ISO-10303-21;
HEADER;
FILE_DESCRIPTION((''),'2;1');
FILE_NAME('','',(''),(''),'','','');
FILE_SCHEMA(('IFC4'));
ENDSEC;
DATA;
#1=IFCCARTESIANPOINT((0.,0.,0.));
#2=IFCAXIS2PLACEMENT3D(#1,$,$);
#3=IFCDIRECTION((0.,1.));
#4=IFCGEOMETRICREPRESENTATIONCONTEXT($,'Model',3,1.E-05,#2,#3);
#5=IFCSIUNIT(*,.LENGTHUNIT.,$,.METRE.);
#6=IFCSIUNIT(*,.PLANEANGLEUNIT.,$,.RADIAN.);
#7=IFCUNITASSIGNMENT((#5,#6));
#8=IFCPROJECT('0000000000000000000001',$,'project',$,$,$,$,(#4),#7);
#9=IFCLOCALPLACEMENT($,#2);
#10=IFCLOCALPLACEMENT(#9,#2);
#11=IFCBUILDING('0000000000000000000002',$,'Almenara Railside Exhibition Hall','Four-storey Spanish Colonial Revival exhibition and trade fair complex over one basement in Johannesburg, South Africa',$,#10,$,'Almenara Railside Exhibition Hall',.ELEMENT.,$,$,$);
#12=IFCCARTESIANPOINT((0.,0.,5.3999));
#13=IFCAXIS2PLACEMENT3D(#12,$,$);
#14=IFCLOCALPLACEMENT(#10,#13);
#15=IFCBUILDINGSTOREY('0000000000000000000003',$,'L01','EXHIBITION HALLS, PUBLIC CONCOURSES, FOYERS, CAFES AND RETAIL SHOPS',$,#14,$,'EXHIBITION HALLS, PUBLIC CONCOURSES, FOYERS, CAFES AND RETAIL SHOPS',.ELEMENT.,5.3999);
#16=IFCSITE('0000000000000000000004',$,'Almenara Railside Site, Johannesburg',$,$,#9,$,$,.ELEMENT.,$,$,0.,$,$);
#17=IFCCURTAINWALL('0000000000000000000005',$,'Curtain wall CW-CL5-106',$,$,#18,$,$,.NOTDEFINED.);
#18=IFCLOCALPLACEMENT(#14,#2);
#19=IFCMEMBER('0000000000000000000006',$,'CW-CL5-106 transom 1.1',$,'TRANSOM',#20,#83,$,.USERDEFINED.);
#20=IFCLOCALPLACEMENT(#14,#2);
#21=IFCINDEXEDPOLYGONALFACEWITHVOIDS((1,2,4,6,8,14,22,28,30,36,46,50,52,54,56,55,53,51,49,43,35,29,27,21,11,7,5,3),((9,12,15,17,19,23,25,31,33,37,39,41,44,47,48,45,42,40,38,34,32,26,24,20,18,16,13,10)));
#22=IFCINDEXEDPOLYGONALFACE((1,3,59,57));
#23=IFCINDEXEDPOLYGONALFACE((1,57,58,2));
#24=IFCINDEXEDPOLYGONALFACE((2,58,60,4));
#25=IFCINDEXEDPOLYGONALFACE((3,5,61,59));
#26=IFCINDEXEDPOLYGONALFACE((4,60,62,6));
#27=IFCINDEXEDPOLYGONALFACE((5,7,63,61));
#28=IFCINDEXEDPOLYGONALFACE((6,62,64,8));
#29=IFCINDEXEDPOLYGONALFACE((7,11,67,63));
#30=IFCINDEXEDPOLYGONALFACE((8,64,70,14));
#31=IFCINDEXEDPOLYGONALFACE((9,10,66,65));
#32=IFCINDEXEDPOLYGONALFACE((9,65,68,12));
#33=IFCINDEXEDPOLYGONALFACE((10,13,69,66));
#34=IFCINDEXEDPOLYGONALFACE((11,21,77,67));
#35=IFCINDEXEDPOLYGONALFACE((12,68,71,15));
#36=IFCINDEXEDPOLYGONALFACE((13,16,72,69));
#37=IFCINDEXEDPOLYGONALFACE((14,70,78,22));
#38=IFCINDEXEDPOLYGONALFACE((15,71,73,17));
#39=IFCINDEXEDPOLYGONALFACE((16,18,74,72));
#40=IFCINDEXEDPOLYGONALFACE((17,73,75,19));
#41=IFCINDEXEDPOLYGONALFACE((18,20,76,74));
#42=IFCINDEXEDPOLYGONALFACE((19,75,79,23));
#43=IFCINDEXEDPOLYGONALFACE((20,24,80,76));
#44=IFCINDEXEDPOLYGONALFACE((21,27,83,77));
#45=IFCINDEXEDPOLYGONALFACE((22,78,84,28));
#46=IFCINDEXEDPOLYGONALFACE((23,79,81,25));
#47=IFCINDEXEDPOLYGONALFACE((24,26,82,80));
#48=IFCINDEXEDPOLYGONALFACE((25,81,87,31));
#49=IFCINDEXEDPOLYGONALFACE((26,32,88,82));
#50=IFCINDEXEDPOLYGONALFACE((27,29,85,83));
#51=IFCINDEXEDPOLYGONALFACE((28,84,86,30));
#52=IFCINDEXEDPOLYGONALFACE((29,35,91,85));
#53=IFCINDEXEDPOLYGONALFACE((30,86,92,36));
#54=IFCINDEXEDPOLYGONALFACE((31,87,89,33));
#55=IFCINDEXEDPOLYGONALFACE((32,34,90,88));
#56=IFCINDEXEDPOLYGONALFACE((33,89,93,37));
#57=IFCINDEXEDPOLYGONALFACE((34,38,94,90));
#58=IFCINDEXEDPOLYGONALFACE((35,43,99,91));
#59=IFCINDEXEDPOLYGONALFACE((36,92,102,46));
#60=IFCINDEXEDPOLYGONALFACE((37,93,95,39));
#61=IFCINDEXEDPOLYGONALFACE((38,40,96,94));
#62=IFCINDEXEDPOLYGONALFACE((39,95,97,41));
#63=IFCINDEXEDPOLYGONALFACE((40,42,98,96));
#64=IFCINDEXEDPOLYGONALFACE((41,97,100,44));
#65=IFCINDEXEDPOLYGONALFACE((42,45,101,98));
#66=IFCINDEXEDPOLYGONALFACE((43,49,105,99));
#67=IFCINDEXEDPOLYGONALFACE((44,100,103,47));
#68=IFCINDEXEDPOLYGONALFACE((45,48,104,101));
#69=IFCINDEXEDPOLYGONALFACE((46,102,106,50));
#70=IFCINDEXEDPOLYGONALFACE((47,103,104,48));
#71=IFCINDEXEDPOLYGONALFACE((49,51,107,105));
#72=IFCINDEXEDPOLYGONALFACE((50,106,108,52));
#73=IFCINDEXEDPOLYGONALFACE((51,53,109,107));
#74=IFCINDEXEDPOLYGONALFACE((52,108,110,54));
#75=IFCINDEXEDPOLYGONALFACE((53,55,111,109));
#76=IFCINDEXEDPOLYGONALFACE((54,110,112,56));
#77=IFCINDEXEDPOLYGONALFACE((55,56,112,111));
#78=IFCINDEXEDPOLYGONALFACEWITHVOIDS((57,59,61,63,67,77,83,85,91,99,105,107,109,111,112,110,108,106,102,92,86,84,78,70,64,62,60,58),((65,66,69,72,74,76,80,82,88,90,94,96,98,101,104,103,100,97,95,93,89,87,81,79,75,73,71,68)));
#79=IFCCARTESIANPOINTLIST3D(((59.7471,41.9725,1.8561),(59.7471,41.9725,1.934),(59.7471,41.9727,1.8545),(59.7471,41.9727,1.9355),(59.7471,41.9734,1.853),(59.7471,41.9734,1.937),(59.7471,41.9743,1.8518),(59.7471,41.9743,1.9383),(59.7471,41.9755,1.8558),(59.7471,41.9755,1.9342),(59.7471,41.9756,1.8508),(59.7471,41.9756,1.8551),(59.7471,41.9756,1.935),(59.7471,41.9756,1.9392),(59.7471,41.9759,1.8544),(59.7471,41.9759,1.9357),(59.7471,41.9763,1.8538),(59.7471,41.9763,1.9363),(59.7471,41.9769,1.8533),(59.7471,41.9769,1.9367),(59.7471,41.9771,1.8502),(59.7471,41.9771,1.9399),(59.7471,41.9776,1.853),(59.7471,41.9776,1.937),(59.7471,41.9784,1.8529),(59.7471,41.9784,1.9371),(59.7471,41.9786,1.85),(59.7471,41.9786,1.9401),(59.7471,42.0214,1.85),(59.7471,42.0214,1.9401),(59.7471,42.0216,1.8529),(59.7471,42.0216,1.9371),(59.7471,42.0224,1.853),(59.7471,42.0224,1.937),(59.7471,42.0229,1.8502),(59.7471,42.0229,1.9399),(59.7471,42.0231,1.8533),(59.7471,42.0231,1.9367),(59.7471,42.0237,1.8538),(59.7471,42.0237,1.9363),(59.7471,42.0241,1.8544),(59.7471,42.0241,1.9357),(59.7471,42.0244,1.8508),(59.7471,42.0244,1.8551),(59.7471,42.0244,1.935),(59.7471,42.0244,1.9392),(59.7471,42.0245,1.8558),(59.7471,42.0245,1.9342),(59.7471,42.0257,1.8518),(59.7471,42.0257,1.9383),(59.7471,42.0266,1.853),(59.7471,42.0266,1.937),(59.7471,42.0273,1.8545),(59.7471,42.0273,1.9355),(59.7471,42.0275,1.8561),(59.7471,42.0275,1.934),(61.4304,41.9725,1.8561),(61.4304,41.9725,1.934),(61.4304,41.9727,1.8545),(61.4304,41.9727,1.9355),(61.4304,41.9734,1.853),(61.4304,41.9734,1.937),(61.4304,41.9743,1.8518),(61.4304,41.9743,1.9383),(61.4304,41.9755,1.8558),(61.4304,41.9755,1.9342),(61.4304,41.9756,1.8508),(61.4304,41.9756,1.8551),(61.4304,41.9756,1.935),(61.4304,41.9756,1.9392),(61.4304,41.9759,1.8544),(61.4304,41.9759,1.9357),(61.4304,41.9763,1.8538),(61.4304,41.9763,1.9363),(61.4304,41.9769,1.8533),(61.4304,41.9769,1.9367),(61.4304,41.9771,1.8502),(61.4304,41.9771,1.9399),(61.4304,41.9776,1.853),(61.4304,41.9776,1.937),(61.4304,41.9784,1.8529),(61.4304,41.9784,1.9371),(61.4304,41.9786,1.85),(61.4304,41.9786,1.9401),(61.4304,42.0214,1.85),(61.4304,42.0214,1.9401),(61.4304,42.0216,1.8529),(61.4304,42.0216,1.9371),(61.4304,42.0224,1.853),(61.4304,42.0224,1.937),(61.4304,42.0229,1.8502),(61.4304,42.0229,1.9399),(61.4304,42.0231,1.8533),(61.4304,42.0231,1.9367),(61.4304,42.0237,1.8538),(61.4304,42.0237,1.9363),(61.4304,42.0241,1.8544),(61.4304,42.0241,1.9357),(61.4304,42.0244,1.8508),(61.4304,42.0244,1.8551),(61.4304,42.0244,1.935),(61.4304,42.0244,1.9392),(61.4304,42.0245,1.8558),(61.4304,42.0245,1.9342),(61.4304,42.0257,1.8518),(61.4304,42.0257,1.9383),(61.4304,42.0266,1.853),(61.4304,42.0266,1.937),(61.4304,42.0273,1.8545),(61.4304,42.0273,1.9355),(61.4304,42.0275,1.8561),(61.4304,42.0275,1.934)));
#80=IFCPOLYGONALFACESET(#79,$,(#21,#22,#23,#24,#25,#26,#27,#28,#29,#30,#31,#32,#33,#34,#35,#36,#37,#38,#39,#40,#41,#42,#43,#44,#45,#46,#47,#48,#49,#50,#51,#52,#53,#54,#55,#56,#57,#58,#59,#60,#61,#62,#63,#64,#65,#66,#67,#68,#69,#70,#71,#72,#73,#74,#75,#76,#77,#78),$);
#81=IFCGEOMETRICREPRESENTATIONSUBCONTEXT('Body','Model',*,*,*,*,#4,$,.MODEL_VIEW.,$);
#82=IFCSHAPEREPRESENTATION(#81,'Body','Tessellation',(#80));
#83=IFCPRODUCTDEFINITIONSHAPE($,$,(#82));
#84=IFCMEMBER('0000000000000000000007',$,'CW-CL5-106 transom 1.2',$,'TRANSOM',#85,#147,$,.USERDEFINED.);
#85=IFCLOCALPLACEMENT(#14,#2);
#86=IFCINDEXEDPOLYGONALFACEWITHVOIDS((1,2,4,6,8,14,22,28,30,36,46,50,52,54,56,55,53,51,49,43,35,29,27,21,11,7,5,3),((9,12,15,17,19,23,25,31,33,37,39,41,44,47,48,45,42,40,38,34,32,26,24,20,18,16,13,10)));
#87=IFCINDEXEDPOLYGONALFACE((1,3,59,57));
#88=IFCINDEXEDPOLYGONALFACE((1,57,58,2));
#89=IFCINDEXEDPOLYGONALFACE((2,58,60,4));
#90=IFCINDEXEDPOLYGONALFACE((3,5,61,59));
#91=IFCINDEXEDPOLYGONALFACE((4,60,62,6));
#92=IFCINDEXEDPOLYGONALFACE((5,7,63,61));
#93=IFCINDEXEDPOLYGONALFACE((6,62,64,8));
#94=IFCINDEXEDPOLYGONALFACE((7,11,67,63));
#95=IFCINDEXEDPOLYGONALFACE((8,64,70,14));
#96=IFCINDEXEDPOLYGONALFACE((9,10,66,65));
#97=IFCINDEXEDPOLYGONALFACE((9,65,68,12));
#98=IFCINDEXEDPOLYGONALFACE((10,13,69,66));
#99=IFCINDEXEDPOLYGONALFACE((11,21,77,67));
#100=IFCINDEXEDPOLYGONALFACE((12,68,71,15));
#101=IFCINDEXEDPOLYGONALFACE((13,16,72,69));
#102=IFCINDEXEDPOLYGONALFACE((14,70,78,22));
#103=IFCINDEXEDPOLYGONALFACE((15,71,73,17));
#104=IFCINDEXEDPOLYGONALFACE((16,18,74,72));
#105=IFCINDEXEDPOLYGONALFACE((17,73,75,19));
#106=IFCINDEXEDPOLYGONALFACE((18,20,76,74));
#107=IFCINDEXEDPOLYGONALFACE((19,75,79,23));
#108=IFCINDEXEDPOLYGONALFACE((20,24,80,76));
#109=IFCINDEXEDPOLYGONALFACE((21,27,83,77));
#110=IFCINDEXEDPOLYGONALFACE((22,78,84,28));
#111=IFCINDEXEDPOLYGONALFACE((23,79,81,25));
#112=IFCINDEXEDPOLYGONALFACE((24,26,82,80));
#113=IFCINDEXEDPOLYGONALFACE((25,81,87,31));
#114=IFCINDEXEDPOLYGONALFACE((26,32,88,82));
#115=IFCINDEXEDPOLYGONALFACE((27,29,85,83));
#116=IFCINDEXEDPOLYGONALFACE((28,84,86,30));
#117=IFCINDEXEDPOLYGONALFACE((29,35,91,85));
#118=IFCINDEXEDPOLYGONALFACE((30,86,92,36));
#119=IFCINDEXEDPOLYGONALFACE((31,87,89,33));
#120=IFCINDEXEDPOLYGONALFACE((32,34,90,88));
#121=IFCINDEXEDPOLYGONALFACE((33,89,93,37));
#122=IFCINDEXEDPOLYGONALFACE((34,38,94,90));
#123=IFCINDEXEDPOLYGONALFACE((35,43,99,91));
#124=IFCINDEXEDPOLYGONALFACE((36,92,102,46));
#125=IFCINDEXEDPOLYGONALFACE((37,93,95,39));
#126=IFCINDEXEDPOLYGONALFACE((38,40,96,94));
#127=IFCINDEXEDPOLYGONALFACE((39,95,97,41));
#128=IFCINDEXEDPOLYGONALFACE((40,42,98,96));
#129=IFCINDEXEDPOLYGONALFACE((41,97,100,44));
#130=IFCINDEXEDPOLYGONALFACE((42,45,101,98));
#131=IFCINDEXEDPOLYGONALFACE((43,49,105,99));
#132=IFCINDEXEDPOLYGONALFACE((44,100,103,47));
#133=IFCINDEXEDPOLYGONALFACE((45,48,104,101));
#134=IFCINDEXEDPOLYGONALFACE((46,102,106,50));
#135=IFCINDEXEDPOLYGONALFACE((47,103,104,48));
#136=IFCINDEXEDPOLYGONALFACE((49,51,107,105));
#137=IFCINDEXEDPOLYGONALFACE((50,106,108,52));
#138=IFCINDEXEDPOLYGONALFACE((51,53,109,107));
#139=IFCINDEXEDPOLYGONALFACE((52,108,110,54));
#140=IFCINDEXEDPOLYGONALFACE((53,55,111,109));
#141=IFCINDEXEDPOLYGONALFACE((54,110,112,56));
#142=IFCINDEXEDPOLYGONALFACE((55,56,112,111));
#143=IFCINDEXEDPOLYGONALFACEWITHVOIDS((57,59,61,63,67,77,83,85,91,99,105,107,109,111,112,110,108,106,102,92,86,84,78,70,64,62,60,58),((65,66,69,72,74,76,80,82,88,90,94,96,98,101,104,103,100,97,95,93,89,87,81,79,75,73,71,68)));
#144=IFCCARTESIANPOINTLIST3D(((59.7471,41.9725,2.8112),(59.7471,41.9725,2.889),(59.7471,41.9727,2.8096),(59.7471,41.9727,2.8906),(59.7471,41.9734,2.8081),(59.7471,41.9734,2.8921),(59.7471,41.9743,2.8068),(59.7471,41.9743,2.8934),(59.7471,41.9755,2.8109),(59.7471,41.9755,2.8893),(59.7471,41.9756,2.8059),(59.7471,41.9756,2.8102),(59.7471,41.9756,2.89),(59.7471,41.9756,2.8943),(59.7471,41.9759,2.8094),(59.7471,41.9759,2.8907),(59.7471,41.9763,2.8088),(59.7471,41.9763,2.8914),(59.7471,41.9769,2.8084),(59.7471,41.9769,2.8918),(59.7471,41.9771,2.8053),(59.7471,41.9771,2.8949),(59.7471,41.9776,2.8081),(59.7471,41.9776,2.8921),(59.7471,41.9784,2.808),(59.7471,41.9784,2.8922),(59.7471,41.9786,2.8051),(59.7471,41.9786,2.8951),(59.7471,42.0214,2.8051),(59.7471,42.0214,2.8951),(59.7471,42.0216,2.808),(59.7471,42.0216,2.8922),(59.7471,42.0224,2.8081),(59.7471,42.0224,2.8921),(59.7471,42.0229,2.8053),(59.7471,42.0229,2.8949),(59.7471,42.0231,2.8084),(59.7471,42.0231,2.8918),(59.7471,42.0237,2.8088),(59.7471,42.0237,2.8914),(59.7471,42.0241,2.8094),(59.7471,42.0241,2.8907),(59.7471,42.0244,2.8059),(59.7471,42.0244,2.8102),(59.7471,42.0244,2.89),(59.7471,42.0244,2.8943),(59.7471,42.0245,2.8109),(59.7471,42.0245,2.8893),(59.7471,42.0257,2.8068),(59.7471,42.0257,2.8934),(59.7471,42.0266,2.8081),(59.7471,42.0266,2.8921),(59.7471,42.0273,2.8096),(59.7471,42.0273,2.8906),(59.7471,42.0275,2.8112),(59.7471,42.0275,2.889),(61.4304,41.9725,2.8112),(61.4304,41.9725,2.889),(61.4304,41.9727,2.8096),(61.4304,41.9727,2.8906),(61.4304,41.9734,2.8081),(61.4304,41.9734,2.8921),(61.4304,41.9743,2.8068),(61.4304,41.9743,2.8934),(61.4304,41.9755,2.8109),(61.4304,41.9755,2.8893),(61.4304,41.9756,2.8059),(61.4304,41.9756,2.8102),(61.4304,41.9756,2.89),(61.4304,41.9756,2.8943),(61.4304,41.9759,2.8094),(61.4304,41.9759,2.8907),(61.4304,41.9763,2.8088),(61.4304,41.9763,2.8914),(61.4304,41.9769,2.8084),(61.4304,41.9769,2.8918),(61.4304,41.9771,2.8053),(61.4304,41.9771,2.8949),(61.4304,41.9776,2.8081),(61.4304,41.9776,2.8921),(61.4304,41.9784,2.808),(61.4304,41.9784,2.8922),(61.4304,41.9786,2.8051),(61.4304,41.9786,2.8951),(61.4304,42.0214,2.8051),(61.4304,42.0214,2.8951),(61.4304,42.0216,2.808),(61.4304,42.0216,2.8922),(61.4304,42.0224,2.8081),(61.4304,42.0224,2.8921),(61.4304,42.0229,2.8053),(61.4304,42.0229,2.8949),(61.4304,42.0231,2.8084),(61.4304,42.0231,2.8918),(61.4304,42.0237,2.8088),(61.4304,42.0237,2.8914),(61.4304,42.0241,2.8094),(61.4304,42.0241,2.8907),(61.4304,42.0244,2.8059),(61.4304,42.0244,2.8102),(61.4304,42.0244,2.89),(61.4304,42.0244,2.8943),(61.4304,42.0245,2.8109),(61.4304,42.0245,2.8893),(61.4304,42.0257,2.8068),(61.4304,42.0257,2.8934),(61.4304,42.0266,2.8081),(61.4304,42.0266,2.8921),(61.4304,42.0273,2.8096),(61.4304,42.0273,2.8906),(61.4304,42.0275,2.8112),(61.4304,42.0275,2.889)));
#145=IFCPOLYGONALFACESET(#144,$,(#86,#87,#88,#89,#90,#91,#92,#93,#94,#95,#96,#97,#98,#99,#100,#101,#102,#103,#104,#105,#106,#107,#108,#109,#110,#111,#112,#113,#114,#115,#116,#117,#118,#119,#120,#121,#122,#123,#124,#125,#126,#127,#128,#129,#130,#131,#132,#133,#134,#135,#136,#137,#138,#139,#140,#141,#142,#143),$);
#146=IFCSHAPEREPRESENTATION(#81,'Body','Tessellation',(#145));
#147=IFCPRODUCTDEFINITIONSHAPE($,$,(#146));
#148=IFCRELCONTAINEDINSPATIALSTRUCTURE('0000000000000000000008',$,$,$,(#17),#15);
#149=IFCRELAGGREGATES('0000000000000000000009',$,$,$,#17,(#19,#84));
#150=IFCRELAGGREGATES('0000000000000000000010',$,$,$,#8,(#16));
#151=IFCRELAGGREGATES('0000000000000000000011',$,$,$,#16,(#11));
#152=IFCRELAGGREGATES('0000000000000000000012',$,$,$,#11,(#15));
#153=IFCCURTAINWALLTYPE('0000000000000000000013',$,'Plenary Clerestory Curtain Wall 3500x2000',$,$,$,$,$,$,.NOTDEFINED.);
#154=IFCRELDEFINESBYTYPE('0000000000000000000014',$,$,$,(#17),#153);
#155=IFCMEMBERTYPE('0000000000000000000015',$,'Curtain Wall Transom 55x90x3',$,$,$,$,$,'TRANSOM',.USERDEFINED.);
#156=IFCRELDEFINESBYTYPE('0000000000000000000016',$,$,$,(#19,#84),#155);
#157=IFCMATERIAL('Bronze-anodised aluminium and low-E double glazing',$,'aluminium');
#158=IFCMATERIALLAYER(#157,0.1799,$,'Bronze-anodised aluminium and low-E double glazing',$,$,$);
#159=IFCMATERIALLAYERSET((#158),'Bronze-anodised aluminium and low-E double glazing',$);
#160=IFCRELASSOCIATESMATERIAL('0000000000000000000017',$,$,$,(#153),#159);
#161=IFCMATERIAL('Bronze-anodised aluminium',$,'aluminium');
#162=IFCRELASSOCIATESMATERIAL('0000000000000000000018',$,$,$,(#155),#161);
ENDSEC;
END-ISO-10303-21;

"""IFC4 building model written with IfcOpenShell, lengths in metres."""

from ifc_helpers import new_model, si_unit, direction, frame, origin, origin_2d, place, context, subcontext, project, spatial, hollow_rectangle, extrude, material, layer, layer_set, material_profile, profile_set, type_object, element, aggregate, save


model = new_model("IFC4")

# Units and contexts
model_context = context("Model", 3, precision=1e-05, world=origin(), true_north=direction((0.0, 1.0)))
body_context = subcontext(model_context, "Body", "Model", "MODEL_VIEW")
ifc_project = project(units=[si_unit("LENGTHUNIT", "METRE"), si_unit("PLANEANGLEUNIT", "RADIAN")], contexts=[model_context])

# Site, building, storey
site_placement = place(None, origin())
site = spatial("IfcSite", under=ifc_project, at=site_placement, Name="Almenara Railside Site, Johannesburg", CompositionType="ELEMENT", RefElevation=0.0)
building_placement = place(site_placement, origin())
building = spatial("IfcBuilding", under=site, at=building_placement, Name="Almenara Railside Exhibition Hall", Description="Four-storey Spanish Colonial Revival exhibition and trade fair complex over one basement in Johannesburg, South Africa", LongName="Almenara Railside Exhibition Hall", CompositionType="ELEMENT")
storey_placement = place(building_placement, frame((0.0, 0.0, 5.3999)))
storey = spatial("IfcBuildingStorey", under=building, at=storey_placement, Name="L01", Description="EXHIBITION HALLS, PUBLIC CONCOURSES, FOYERS, CAFES AND RETAIL SHOPS", LongName="EXHIBITION HALLS, PUBLIC CONCOURSES, FOYERS, CAFES AND RETAIL SHOPS", CompositionType="ELEMENT", Elevation=5.3999)

# Curtain wall
ifc_material_1 = material(Name="Bronze-anodised aluminium and low-E double glazing", Category="aluminium")
ifc_layer_1 = layer(ifc_material_1, 0.1799, Name="Bronze-anodised aluminium and low-E double glazing")
ifc_layer_set_1 = layer_set([ifc_layer_1], Name="Bronze-anodised aluminium and low-E double glazing")
curtain_wall_type_1 = type_object("IfcCurtainWallType", Name="Plenary Clerestory Curtain Wall 3500x2000", PredefinedType="NOTDEFINED", material=ifc_layer_set_1)
curtain_wall_1_placement = place(storey_placement, origin())
curtain_wall_1 = element("IfcCurtainWall", 1, at=curtain_wall_1_placement, inside=storey, type_object=curtain_wall_type_1, Name="Curtain wall CW-CL5-106", PredefinedType="NOTDEFINED")
ifc_material_2 = material(Name="Bronze-anodised aluminium", Category="aluminium")

# Members
ifc_material_profile_1 = material_profile(ifc_material_2, hollow_rectangle(XDim=0.0549, YDim=0.0901, WallThickness=0.0029, InnerFilletRadius=0.0029, OuterFilletRadius=0.0061, at=origin_2d()), Name="ALU-TRN 55x90x3")
ifc_profile_set_1 = profile_set([ifc_material_profile_1], Name="Bronze-anodised aluminium")
member_type_1 = type_object("IfcMemberType", Name="Curtain Wall Transom 55x90x3", ElementType="TRANSOM", PredefinedType="USERDEFINED", material=ifc_profile_set_1)
member_1_placement = place(storey_placement, frame((59.7471, 42.0, 1.895), z_axis=(1.0, 0.0, 0.0), x_axis=(0.0, 1.0, 0.0)))
member_1 = element("IfcMember", 2, at=member_1_placement, type_object=member_type_1, Name="CW-CL5-106 transom 1.1", ObjectType="TRANSOM", PredefinedType="USERDEFINED", context=body_context, shape_type="SweptSolid", body=[
    extrude(hollow_rectangle(XDim=0.0549, YDim=0.0901, WallThickness=0.0029, InnerFilletRadius=0.0029, OuterFilletRadius=0.0061, at=origin_2d()), origin(), (0.0, 0.0, 1.0), 1.6833),
])
member_2_placement = place(storey_placement, frame((59.7471, 42.0, 2.8501), z_axis=(1.0, 0.0, 0.0), x_axis=(0.0, 1.0, 0.0)))
member_2 = element("IfcMember", 3, at=member_2_placement, type_object=member_type_1, Name="CW-CL5-106 transom 1.2", ObjectType="TRANSOM", PredefinedType="USERDEFINED", context=body_context, shape_type="SweptSolid", body=[
    extrude(hollow_rectangle(XDim=0.0549, YDim=0.0901, WallThickness=0.0029, InnerFilletRadius=0.0029, OuterFilletRadius=0.0061, at=origin_2d()), origin(), (0.0, 0.0, 1.0), 1.6833),
])

aggregate(curtain_wall_1, [member_1, member_2])

save(model, "model.ifc")
